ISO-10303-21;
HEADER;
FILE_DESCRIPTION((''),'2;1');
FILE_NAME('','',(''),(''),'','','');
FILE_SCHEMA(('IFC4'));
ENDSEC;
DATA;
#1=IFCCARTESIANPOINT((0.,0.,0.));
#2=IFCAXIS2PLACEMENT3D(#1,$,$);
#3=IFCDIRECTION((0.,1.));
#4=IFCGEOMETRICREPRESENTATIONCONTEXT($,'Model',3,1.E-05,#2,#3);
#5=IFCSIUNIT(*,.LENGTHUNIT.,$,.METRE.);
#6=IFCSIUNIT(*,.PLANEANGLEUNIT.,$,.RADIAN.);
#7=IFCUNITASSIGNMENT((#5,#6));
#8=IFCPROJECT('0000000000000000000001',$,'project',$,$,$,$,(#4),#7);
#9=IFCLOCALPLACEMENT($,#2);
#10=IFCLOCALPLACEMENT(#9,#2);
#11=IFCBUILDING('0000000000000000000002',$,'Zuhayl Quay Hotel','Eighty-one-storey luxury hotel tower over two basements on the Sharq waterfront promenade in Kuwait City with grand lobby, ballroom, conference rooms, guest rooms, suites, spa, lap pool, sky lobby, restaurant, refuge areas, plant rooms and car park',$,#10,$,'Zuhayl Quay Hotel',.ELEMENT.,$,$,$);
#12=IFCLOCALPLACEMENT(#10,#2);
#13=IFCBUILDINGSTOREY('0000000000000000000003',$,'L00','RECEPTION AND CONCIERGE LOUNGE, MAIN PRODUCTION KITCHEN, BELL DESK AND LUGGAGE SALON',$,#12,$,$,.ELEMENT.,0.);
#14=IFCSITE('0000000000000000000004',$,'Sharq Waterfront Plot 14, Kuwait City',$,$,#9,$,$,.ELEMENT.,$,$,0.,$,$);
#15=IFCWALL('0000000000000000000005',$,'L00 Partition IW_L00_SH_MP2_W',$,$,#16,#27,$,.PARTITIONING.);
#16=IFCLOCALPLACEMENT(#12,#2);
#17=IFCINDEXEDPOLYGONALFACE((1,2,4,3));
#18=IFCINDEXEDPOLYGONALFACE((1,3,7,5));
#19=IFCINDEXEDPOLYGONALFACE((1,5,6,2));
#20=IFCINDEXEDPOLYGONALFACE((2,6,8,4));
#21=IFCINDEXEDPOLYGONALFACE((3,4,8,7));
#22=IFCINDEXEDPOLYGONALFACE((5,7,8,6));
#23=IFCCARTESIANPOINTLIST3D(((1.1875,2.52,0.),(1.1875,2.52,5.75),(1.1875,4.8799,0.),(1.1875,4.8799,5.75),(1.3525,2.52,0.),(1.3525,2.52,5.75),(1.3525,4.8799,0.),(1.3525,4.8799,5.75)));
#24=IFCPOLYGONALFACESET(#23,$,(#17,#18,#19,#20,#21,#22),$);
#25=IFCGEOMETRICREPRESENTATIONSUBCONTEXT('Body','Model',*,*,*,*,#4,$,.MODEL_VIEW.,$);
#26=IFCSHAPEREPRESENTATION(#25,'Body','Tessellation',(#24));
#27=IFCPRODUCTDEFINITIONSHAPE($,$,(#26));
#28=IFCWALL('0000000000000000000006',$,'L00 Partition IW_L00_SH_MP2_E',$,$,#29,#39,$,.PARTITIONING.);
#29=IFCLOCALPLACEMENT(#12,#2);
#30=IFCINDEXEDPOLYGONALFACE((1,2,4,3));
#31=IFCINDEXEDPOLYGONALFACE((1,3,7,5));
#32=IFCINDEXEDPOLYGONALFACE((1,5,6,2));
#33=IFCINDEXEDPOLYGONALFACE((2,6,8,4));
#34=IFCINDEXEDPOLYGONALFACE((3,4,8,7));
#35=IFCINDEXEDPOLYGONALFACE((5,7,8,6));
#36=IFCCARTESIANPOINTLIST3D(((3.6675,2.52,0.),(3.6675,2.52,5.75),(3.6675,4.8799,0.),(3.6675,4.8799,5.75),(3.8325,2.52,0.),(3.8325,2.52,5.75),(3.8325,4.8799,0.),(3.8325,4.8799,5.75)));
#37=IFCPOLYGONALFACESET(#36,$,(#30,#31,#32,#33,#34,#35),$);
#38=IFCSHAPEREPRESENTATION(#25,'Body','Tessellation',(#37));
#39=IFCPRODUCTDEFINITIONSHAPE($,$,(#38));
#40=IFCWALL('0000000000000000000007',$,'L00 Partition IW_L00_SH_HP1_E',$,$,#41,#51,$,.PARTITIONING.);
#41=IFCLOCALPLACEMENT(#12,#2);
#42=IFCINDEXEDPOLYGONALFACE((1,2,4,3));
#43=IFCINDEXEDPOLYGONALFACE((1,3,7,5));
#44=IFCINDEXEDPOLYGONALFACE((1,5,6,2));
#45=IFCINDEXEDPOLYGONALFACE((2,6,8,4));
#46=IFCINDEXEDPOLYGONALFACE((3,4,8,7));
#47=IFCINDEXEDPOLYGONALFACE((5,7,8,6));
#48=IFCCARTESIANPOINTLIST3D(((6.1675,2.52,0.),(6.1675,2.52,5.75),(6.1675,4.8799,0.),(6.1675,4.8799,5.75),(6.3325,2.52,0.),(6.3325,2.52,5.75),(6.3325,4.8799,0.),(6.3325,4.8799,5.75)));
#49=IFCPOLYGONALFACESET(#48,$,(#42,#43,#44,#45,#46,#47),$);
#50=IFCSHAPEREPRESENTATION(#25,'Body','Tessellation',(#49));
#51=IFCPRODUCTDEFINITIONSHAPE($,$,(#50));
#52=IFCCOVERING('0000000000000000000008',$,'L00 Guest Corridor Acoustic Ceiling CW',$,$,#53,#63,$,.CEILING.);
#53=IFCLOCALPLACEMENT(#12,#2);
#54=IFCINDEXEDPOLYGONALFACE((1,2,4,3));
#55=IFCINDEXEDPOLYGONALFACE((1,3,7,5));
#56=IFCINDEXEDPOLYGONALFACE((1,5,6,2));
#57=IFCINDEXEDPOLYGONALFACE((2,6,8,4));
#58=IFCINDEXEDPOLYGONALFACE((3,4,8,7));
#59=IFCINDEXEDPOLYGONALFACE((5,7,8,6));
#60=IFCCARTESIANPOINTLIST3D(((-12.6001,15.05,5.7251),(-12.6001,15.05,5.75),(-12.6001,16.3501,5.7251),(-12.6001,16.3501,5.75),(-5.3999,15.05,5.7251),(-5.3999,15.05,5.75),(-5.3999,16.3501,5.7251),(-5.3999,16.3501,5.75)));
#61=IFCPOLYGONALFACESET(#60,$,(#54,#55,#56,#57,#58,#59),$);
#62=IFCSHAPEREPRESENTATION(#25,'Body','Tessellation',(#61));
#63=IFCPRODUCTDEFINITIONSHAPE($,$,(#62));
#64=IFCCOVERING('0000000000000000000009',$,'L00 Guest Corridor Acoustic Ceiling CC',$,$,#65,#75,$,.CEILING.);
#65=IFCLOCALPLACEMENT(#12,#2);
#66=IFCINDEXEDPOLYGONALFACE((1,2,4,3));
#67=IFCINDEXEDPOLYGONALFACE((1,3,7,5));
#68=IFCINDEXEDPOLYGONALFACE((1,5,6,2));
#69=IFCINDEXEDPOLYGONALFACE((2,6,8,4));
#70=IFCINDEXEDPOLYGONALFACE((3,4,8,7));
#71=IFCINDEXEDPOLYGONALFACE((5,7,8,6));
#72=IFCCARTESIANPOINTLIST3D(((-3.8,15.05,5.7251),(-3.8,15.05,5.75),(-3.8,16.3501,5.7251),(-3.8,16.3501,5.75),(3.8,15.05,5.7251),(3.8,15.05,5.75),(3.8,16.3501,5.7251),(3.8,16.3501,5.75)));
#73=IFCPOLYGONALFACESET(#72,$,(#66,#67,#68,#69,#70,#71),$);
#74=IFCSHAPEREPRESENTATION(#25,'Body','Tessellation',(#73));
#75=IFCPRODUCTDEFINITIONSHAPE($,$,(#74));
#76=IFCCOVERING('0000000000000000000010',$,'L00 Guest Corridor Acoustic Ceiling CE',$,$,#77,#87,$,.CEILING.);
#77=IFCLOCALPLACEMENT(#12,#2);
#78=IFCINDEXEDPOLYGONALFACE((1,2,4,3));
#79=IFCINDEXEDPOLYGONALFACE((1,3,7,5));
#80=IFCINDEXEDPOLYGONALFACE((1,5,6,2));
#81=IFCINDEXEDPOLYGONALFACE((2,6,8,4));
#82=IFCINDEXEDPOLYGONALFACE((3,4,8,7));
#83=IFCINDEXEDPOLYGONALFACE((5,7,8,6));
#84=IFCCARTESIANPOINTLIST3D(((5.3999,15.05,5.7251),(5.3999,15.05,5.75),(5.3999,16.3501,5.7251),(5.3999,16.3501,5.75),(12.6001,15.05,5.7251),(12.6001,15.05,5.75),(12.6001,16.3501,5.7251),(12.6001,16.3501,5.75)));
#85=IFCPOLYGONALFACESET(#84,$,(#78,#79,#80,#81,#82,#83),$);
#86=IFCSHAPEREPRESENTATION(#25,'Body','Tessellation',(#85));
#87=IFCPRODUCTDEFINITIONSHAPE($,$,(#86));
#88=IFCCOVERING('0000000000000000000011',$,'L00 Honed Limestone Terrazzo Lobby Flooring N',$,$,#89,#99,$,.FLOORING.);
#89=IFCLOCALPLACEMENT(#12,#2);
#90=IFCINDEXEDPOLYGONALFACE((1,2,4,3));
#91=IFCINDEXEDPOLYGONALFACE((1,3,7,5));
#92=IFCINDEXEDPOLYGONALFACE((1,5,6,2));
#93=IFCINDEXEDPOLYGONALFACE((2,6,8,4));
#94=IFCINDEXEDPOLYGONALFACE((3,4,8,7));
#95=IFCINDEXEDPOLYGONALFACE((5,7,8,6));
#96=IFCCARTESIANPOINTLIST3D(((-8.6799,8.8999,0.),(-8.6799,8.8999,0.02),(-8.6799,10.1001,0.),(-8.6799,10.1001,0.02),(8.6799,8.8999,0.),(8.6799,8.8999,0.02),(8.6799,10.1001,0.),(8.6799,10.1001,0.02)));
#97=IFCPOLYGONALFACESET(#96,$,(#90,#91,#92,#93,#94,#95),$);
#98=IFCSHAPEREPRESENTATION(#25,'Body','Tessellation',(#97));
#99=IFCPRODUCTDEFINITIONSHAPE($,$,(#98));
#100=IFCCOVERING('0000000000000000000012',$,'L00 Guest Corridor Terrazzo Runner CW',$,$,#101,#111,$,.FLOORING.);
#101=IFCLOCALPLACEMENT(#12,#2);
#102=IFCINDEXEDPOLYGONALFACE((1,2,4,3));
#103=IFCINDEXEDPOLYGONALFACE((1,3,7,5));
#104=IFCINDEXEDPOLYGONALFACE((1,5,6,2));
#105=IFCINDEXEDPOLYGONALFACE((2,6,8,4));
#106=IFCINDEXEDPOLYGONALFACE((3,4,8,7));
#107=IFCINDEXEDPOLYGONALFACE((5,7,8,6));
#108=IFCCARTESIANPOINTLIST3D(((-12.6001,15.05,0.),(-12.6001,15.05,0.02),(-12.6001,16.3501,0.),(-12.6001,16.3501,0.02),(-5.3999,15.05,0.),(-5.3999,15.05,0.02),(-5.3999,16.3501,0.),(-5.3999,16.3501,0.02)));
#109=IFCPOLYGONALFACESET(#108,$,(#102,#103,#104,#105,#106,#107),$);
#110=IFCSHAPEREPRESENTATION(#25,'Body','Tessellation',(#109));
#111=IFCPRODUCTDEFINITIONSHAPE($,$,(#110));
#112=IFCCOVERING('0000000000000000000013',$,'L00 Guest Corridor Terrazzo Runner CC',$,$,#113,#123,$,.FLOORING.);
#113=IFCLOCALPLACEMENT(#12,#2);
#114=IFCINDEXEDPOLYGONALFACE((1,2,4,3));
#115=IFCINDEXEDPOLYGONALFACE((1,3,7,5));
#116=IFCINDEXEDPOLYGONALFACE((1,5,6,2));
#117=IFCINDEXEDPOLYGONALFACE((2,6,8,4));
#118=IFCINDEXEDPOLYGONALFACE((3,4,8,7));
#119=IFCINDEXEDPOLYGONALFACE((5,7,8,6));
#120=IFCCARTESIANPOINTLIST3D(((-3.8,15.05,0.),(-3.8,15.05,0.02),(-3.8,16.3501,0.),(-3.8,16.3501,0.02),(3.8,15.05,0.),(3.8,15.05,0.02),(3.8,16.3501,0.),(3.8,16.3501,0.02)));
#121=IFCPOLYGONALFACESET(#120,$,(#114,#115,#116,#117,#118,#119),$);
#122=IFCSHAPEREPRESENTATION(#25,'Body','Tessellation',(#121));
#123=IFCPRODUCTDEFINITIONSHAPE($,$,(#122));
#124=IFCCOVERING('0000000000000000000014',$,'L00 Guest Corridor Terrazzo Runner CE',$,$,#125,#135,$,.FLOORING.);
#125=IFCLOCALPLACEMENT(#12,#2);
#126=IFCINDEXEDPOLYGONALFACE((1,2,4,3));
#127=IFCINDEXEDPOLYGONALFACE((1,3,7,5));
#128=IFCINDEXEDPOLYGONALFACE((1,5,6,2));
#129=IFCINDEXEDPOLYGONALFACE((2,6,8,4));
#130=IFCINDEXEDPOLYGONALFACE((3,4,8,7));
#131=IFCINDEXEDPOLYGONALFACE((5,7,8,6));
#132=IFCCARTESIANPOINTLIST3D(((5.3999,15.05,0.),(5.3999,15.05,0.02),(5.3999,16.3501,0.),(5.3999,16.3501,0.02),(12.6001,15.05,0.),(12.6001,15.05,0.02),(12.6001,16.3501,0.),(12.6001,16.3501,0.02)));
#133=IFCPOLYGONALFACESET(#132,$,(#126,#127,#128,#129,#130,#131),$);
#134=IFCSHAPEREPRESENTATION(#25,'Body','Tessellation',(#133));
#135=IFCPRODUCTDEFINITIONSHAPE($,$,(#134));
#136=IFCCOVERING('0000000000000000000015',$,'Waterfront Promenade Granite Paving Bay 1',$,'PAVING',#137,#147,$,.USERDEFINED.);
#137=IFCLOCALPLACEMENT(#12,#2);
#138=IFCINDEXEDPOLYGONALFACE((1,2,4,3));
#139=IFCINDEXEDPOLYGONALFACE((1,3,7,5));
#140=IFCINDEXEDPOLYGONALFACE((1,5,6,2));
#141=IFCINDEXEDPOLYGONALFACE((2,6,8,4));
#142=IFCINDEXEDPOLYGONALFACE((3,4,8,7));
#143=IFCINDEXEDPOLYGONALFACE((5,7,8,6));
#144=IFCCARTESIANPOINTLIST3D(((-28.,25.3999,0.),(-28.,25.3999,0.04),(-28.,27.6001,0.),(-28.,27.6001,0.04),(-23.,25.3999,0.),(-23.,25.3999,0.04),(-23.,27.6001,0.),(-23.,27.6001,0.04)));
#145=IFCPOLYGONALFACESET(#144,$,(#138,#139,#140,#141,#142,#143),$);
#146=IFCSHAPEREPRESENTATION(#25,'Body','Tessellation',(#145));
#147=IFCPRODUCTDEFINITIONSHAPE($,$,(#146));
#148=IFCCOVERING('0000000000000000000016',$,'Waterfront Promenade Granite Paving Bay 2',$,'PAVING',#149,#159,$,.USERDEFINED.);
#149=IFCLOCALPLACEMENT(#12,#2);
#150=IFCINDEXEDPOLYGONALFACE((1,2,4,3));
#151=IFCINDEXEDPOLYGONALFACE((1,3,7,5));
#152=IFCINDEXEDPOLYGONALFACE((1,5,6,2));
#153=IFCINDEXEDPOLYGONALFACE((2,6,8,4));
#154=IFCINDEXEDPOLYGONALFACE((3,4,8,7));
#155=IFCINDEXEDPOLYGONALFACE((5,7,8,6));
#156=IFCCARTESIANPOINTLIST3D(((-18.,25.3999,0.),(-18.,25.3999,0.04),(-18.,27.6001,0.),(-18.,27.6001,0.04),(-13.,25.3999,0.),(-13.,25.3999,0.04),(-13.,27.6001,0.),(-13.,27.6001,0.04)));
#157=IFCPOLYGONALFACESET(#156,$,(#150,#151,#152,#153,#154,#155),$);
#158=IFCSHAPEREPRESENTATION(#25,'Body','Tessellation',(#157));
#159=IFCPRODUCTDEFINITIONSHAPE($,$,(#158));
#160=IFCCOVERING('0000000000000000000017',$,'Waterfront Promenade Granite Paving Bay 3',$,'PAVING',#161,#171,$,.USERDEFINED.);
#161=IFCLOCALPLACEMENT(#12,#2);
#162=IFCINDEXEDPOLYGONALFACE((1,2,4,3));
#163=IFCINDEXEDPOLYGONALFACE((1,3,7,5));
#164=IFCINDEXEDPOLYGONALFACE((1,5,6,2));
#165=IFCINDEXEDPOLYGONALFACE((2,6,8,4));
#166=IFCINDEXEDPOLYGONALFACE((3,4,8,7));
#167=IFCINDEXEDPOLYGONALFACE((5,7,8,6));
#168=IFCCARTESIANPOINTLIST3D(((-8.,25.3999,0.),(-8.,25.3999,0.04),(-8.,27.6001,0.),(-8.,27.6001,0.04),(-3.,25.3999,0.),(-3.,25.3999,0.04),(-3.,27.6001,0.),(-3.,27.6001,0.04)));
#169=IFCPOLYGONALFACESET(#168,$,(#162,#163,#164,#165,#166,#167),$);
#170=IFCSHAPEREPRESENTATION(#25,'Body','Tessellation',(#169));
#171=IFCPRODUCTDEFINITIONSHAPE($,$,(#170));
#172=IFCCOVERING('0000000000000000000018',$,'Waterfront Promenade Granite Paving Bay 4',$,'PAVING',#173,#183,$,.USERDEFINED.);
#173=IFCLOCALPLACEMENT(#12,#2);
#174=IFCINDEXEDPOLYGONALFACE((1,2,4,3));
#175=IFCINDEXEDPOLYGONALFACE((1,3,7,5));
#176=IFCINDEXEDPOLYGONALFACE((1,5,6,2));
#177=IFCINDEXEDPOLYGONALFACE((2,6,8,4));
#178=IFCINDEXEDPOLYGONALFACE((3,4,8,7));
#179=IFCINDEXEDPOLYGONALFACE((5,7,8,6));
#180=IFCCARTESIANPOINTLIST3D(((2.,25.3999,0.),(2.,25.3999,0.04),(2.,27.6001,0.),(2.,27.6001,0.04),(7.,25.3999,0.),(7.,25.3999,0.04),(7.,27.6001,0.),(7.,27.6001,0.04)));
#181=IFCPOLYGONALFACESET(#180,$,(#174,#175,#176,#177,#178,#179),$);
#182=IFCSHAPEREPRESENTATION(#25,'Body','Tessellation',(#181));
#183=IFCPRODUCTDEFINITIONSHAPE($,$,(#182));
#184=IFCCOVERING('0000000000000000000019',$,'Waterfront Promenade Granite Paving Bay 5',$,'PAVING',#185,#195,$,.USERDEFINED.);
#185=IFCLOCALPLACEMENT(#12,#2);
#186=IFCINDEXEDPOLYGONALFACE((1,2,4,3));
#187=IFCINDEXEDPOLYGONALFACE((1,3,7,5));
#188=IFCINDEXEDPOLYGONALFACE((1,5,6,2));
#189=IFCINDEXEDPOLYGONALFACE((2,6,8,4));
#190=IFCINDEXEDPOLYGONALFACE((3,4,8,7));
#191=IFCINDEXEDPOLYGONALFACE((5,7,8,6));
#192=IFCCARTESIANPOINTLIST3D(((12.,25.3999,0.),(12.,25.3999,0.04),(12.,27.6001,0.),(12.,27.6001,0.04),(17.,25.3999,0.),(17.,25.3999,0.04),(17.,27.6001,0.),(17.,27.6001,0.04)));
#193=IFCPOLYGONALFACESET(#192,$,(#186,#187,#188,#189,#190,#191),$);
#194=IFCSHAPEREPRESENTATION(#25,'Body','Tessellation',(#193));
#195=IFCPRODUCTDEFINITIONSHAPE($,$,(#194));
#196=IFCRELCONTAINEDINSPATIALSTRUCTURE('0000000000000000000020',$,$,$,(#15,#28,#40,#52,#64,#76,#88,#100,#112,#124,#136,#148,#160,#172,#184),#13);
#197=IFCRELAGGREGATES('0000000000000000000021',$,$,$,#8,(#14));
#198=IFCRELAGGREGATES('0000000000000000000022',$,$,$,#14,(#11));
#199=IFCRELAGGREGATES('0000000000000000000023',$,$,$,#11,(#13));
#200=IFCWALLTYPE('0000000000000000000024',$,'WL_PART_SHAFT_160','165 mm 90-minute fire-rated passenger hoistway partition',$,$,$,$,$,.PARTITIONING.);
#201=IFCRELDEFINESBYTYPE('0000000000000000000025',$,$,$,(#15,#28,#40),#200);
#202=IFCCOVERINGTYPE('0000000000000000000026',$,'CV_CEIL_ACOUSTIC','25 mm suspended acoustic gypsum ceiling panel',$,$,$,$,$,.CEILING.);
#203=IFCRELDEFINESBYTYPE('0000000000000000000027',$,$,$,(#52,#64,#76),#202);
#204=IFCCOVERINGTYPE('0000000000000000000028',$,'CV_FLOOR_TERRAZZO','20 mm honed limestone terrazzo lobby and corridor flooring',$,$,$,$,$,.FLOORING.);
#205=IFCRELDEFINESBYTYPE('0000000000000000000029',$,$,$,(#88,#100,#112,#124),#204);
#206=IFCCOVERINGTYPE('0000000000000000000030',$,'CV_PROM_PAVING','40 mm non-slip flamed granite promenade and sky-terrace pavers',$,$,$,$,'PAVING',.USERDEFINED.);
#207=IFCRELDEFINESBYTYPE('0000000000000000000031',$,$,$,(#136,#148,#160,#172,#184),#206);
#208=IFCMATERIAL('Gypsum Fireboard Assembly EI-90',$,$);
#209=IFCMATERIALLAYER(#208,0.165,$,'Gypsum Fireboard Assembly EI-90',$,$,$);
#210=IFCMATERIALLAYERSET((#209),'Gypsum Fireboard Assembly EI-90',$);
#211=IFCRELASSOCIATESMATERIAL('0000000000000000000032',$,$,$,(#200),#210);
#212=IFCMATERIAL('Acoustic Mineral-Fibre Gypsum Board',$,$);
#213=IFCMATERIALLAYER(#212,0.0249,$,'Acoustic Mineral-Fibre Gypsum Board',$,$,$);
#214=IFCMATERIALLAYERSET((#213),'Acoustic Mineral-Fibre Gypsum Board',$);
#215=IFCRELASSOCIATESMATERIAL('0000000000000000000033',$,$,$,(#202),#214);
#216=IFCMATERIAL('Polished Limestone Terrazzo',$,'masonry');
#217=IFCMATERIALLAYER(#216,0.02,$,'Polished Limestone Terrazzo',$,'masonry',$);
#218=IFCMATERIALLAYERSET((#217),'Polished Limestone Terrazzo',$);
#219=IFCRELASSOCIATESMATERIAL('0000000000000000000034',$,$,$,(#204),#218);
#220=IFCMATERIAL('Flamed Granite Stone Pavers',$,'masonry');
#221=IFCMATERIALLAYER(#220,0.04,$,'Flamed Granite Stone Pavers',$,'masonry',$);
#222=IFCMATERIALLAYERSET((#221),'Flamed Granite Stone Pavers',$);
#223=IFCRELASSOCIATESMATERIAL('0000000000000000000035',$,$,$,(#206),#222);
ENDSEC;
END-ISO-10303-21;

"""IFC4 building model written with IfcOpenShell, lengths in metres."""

from ifc_helpers import new_model, si_unit, direction, frame, frame_2d, origin, place, context, subcontext, project, spatial, polyline, rectangle, outline, extrude, material, layer, layer_set, type_object, element, save


model = new_model("IFC4")

# Units and contexts
model_context = context("Model", 3, precision=1e-05, world=origin(), true_north=direction((0.0, 1.0)))
body_context = subcontext(model_context, "Body", "Model", "MODEL_VIEW")
ifc_project = project(units=[si_unit("LENGTHUNIT", "METRE"), si_unit("PLANEANGLEUNIT", "RADIAN")], contexts=[model_context])

# Site, building, storey
site_placement = place(None, origin())
site = spatial("IfcSite", under=ifc_project, at=site_placement, Name="Sharq Waterfront Plot 14, Kuwait City", CompositionType="ELEMENT", RefElevation=0.0)
building_placement = place(site_placement, origin())
building = spatial("IfcBuilding", under=site, at=building_placement, Name="Zuhayl Quay Hotel", Description="Eighty-one-storey luxury hotel tower over two basements on the Sharq waterfront promenade in Kuwait City with grand lobby, ballroom, conference rooms, guest rooms, suites, spa, lap pool, sky lobby, restaurant, refuge areas, plant rooms and car park", LongName="Zuhayl Quay Hotel", CompositionType="ELEMENT")
storey_placement = place(building_placement, origin())
storey = spatial("IfcBuildingStorey", under=building, at=storey_placement, Name="L00", Description="RECEPTION AND CONCIERGE LOUNGE, MAIN PRODUCTION KITCHEN, BELL DESK AND LUGGAGE SALON", CompositionType="ELEMENT", Elevation=0.0)

# Shared definitions
ifc_material_1 = material(Name="Gypsum Fireboard Assembly EI-90")
ifc_layer_1 = layer(ifc_material_1, 0.165, Name="Gypsum Fireboard Assembly EI-90")
ifc_layer_set_1 = layer_set([ifc_layer_1], Name="Gypsum Fireboard Assembly EI-90")
wall_type_1 = type_object("IfcWallType", Name="WL_PART_SHAFT_160", Description="165 mm 90-minute fire-rated passenger hoistway partition", PredefinedType="PARTITIONING", material=ifc_layer_set_1)

# Walls
for number, where, z_axis, x_axis, name in (
    (1, (1.27, 2.52, 0.0), (0.0, 0.0, 1.0), (0.0, 1.0, 0.0), "L00 Partition IW_L00_SH_MP2_W"),
    (2, (3.75, 2.52, 0.0), (0.0, 0.0, 1.0), (0.0, 1.0, 0.0), "L00 Partition IW_L00_SH_MP2_E"),
    (3, (6.25, 2.52, 0.0), (0.0, 0.0, 1.0), (0.0, 1.0, 0.0), "L00 Partition IW_L00_SH_HP1_E"),
):
    element("IfcWall", number, at=place(storey_placement, frame(where, z_axis=z_axis, x_axis=x_axis)), inside=storey, type_object=wall_type_1, Name=name, PredefinedType="PARTITIONING", context=body_context, shape_type="SweptSolid", body=[
        extrude(rectangle(XDim=2.3599, YDim=0.165, at=frame_2d((1.1799, 0.0))), origin(), (0.0, 0.0, 1.0), 5.75),
    ])

# Coverings
ifc_material_2 = material(Name="Acoustic Mineral-Fibre Gypsum Board")
ifc_layer_2 = layer(ifc_material_2, 0.0249, Name="Acoustic Mineral-Fibre Gypsum Board")
ifc_layer_set_2 = layer_set([ifc_layer_2], Name="Acoustic Mineral-Fibre Gypsum Board")
covering_type_1 = type_object("IfcCoveringType", Name="CV_CEIL_ACOUSTIC", Description="25 mm suspended acoustic gypsum ceiling panel", PredefinedType="CEILING", material=ifc_layer_set_2)
covering_1_placement = place(storey_placement, frame((0.0, 0.0, 5.7251)))
element("IfcCovering", 4, at=covering_1_placement, inside=storey, type_object=covering_type_1, Name="L00 Guest Corridor Acoustic Ceiling CW", PredefinedType="CEILING", context=body_context, shape_type="SweptSolid", body=[
    extrude(outline(polyline([(-12.6001, 15.05), (-5.3999, 15.05), (-5.3999, 16.3501), (-12.6001, 16.3501), (-12.6001, 15.05)])), origin(), (0.0, 0.0, 1.0), 0.0249),
])
covering_2_placement = place(storey_placement, frame((0.0, 0.0, 5.7251)))
element("IfcCovering", 5, at=covering_2_placement, inside=storey, type_object=covering_type_1, Name="L00 Guest Corridor Acoustic Ceiling CC", PredefinedType="CEILING", context=body_context, shape_type="SweptSolid", body=[
    extrude(outline(polyline([(-3.8, 15.05), (3.8, 15.05), (3.8, 16.3501), (-3.8, 16.3501), (-3.8, 15.05)])), origin(), (0.0, 0.0, 1.0), 0.0249),
])
covering_3_placement = place(storey_placement, frame((0.0, 0.0, 5.7251)))
element("IfcCovering", 6, at=covering_3_placement, inside=storey, type_object=covering_type_1, Name="L00 Guest Corridor Acoustic Ceiling CE", PredefinedType="CEILING", context=body_context, shape_type="SweptSolid", body=[
    extrude(outline(polyline([(5.3999, 15.05), (12.6001, 15.05), (12.6001, 16.3501), (5.3999, 16.3501), (5.3999, 15.05)])), origin(), (0.0, 0.0, 1.0), 0.0249),
])
ifc_material_3 = material(Name="Polished Limestone Terrazzo", Category="masonry")
ifc_layer_3 = layer(ifc_material_3, 0.02, Name="Polished Limestone Terrazzo", Category="masonry")
ifc_layer_set_3 = layer_set([ifc_layer_3], Name="Polished Limestone Terrazzo")
covering_type_2 = type_object("IfcCoveringType", Name="CV_FLOOR_TERRAZZO", Description="20 mm honed limestone terrazzo lobby and corridor flooring", PredefinedType="FLOORING", material=ifc_layer_set_3)
covering_4_placement = place(storey_placement, origin())
element("IfcCovering", 7, at=covering_4_placement, inside=storey, type_object=covering_type_2, Name="L00 Honed Limestone Terrazzo Lobby Flooring N", PredefinedType="FLOORING", context=body_context, shape_type="SweptSolid", body=[
    extrude(outline(polyline([(-8.6799, 8.8999), (8.6799, 8.8999), (8.6799, 10.1001), (-8.6799, 10.1001), (-8.6799, 8.8999)])), origin(), (0.0, 0.0, 1.0), 0.02),
])
covering_5_placement = place(storey_placement, origin())
element("IfcCovering", 8, at=covering_5_placement, inside=storey, type_object=covering_type_2, Name="L00 Guest Corridor Terrazzo Runner CW", PredefinedType="FLOORING", context=body_context, shape_type="SweptSolid", body=[
    extrude(outline(polyline([(-12.6001, 15.05), (-5.3999, 15.05), (-5.3999, 16.3501), (-12.6001, 16.3501), (-12.6001, 15.05)])), origin(), (0.0, 0.0, 1.0), 0.02),
])
covering_6_placement = place(storey_placement, origin())
element("IfcCovering", 9, at=covering_6_placement, inside=storey, type_object=covering_type_2, Name="L00 Guest Corridor Terrazzo Runner CC", PredefinedType="FLOORING", context=body_context, shape_type="SweptSolid", body=[
    extrude(outline(polyline([(-3.8, 15.05), (3.8, 15.05), (3.8, 16.3501), (-3.8, 16.3501), (-3.8, 15.05)])), origin(), (0.0, 0.0, 1.0), 0.02),
])
covering_7_placement = place(storey_placement, origin())
element("IfcCovering", 10, at=covering_7_placement, inside=storey, type_object=covering_type_2, Name="L00 Guest Corridor Terrazzo Runner CE", PredefinedType="FLOORING", context=body_context, shape_type="SweptSolid", body=[
    extrude(outline(polyline([(5.3999, 15.05), (12.6001, 15.05), (12.6001, 16.3501), (5.3999, 16.3501), (5.3999, 15.05)])), origin(), (0.0, 0.0, 1.0), 0.02),
])
ifc_material_4 = material(Name="Flamed Granite Stone Pavers", Category="masonry")
ifc_layer_4 = layer(ifc_material_4, 0.04, Name="Flamed Granite Stone Pavers", Category="masonry")
ifc_layer_set_4 = layer_set([ifc_layer_4], Name="Flamed Granite Stone Pavers")
covering_type_3 = type_object("IfcCoveringType", Name="CV_PROM_PAVING", Description="40 mm non-slip flamed granite promenade and sky-terrace pavers", ElementType="PAVING", PredefinedType="USERDEFINED", material=ifc_layer_set_4)
covering_8_placement = place(storey_placement, origin())
element("IfcCovering", 11, at=covering_8_placement, inside=storey, type_object=covering_type_3, Name="Waterfront Promenade Granite Paving Bay 1", ObjectType="PAVING", PredefinedType="USERDEFINED", context=body_context, shape_type="SweptSolid", body=[
    extrude(outline(polyline([(-28.0, 25.3999), (-23.0, 25.3999), (-23.0, 27.6001), (-28.0, 27.6001), (-28.0, 25.3999)])), origin(), (0.0, 0.0, 1.0), 0.04),
])
covering_9_placement = place(storey_placement, origin())
element("IfcCovering", 12, at=covering_9_placement, inside=storey, type_object=covering_type_3, Name="Waterfront Promenade Granite Paving Bay 2", ObjectType="PAVING", PredefinedType="USERDEFINED", context=body_context, shape_type="SweptSolid", body=[
    extrude(outline(polyline([(-18.0, 25.3999), (-13.0, 25.3999), (-13.0, 27.6001), (-18.0, 27.6001), (-18.0, 25.3999)])), origin(), (0.0, 0.0, 1.0), 0.04),
])
covering_10_placement = place(storey_placement, origin())
element("IfcCovering", 13, at=covering_10_placement, inside=storey, type_object=covering_type_3, Name="Waterfront Promenade Granite Paving Bay 3", ObjectType="PAVING", PredefinedType="USERDEFINED", context=body_context, shape_type="SweptSolid", body=[
    extrude(outline(polyline([(-8.0, 25.3999), (-3.0, 25.3999), (-3.0, 27.6001), (-8.0, 27.6001), (-8.0, 25.3999)])), origin(), (0.0, 0.0, 1.0), 0.04),
])
covering_11_placement = place(storey_placement, origin())
element("IfcCovering", 14, at=covering_11_placement, inside=storey, type_object=covering_type_3, Name="Waterfront Promenade Granite Paving Bay 4", ObjectType="PAVING", PredefinedType="USERDEFINED", context=body_context, shape_type="SweptSolid", body=[
    extrude(outline(polyline([(2.0, 25.3999), (7.0, 25.3999), (7.0, 27.6001), (2.0, 27.6001), (2.0, 25.3999)])), origin(), (0.0, 0.0, 1.0), 0.04),
])
covering_12_placement = place(storey_placement, origin())
element("IfcCovering", 15, at=covering_12_placement, inside=storey, type_object=covering_type_3, Name="Waterfront Promenade Granite Paving Bay 5", ObjectType="PAVING", PredefinedType="USERDEFINED", context=body_context, shape_type="SweptSolid", body=[
    extrude(outline(polyline([(12.0, 25.3999), (17.0, 25.3999), (17.0, 27.6001), (12.0, 27.6001), (12.0, 25.3999)])), origin(), (0.0, 0.0, 1.0), 0.04),
])

save(model, "model.ifc")
